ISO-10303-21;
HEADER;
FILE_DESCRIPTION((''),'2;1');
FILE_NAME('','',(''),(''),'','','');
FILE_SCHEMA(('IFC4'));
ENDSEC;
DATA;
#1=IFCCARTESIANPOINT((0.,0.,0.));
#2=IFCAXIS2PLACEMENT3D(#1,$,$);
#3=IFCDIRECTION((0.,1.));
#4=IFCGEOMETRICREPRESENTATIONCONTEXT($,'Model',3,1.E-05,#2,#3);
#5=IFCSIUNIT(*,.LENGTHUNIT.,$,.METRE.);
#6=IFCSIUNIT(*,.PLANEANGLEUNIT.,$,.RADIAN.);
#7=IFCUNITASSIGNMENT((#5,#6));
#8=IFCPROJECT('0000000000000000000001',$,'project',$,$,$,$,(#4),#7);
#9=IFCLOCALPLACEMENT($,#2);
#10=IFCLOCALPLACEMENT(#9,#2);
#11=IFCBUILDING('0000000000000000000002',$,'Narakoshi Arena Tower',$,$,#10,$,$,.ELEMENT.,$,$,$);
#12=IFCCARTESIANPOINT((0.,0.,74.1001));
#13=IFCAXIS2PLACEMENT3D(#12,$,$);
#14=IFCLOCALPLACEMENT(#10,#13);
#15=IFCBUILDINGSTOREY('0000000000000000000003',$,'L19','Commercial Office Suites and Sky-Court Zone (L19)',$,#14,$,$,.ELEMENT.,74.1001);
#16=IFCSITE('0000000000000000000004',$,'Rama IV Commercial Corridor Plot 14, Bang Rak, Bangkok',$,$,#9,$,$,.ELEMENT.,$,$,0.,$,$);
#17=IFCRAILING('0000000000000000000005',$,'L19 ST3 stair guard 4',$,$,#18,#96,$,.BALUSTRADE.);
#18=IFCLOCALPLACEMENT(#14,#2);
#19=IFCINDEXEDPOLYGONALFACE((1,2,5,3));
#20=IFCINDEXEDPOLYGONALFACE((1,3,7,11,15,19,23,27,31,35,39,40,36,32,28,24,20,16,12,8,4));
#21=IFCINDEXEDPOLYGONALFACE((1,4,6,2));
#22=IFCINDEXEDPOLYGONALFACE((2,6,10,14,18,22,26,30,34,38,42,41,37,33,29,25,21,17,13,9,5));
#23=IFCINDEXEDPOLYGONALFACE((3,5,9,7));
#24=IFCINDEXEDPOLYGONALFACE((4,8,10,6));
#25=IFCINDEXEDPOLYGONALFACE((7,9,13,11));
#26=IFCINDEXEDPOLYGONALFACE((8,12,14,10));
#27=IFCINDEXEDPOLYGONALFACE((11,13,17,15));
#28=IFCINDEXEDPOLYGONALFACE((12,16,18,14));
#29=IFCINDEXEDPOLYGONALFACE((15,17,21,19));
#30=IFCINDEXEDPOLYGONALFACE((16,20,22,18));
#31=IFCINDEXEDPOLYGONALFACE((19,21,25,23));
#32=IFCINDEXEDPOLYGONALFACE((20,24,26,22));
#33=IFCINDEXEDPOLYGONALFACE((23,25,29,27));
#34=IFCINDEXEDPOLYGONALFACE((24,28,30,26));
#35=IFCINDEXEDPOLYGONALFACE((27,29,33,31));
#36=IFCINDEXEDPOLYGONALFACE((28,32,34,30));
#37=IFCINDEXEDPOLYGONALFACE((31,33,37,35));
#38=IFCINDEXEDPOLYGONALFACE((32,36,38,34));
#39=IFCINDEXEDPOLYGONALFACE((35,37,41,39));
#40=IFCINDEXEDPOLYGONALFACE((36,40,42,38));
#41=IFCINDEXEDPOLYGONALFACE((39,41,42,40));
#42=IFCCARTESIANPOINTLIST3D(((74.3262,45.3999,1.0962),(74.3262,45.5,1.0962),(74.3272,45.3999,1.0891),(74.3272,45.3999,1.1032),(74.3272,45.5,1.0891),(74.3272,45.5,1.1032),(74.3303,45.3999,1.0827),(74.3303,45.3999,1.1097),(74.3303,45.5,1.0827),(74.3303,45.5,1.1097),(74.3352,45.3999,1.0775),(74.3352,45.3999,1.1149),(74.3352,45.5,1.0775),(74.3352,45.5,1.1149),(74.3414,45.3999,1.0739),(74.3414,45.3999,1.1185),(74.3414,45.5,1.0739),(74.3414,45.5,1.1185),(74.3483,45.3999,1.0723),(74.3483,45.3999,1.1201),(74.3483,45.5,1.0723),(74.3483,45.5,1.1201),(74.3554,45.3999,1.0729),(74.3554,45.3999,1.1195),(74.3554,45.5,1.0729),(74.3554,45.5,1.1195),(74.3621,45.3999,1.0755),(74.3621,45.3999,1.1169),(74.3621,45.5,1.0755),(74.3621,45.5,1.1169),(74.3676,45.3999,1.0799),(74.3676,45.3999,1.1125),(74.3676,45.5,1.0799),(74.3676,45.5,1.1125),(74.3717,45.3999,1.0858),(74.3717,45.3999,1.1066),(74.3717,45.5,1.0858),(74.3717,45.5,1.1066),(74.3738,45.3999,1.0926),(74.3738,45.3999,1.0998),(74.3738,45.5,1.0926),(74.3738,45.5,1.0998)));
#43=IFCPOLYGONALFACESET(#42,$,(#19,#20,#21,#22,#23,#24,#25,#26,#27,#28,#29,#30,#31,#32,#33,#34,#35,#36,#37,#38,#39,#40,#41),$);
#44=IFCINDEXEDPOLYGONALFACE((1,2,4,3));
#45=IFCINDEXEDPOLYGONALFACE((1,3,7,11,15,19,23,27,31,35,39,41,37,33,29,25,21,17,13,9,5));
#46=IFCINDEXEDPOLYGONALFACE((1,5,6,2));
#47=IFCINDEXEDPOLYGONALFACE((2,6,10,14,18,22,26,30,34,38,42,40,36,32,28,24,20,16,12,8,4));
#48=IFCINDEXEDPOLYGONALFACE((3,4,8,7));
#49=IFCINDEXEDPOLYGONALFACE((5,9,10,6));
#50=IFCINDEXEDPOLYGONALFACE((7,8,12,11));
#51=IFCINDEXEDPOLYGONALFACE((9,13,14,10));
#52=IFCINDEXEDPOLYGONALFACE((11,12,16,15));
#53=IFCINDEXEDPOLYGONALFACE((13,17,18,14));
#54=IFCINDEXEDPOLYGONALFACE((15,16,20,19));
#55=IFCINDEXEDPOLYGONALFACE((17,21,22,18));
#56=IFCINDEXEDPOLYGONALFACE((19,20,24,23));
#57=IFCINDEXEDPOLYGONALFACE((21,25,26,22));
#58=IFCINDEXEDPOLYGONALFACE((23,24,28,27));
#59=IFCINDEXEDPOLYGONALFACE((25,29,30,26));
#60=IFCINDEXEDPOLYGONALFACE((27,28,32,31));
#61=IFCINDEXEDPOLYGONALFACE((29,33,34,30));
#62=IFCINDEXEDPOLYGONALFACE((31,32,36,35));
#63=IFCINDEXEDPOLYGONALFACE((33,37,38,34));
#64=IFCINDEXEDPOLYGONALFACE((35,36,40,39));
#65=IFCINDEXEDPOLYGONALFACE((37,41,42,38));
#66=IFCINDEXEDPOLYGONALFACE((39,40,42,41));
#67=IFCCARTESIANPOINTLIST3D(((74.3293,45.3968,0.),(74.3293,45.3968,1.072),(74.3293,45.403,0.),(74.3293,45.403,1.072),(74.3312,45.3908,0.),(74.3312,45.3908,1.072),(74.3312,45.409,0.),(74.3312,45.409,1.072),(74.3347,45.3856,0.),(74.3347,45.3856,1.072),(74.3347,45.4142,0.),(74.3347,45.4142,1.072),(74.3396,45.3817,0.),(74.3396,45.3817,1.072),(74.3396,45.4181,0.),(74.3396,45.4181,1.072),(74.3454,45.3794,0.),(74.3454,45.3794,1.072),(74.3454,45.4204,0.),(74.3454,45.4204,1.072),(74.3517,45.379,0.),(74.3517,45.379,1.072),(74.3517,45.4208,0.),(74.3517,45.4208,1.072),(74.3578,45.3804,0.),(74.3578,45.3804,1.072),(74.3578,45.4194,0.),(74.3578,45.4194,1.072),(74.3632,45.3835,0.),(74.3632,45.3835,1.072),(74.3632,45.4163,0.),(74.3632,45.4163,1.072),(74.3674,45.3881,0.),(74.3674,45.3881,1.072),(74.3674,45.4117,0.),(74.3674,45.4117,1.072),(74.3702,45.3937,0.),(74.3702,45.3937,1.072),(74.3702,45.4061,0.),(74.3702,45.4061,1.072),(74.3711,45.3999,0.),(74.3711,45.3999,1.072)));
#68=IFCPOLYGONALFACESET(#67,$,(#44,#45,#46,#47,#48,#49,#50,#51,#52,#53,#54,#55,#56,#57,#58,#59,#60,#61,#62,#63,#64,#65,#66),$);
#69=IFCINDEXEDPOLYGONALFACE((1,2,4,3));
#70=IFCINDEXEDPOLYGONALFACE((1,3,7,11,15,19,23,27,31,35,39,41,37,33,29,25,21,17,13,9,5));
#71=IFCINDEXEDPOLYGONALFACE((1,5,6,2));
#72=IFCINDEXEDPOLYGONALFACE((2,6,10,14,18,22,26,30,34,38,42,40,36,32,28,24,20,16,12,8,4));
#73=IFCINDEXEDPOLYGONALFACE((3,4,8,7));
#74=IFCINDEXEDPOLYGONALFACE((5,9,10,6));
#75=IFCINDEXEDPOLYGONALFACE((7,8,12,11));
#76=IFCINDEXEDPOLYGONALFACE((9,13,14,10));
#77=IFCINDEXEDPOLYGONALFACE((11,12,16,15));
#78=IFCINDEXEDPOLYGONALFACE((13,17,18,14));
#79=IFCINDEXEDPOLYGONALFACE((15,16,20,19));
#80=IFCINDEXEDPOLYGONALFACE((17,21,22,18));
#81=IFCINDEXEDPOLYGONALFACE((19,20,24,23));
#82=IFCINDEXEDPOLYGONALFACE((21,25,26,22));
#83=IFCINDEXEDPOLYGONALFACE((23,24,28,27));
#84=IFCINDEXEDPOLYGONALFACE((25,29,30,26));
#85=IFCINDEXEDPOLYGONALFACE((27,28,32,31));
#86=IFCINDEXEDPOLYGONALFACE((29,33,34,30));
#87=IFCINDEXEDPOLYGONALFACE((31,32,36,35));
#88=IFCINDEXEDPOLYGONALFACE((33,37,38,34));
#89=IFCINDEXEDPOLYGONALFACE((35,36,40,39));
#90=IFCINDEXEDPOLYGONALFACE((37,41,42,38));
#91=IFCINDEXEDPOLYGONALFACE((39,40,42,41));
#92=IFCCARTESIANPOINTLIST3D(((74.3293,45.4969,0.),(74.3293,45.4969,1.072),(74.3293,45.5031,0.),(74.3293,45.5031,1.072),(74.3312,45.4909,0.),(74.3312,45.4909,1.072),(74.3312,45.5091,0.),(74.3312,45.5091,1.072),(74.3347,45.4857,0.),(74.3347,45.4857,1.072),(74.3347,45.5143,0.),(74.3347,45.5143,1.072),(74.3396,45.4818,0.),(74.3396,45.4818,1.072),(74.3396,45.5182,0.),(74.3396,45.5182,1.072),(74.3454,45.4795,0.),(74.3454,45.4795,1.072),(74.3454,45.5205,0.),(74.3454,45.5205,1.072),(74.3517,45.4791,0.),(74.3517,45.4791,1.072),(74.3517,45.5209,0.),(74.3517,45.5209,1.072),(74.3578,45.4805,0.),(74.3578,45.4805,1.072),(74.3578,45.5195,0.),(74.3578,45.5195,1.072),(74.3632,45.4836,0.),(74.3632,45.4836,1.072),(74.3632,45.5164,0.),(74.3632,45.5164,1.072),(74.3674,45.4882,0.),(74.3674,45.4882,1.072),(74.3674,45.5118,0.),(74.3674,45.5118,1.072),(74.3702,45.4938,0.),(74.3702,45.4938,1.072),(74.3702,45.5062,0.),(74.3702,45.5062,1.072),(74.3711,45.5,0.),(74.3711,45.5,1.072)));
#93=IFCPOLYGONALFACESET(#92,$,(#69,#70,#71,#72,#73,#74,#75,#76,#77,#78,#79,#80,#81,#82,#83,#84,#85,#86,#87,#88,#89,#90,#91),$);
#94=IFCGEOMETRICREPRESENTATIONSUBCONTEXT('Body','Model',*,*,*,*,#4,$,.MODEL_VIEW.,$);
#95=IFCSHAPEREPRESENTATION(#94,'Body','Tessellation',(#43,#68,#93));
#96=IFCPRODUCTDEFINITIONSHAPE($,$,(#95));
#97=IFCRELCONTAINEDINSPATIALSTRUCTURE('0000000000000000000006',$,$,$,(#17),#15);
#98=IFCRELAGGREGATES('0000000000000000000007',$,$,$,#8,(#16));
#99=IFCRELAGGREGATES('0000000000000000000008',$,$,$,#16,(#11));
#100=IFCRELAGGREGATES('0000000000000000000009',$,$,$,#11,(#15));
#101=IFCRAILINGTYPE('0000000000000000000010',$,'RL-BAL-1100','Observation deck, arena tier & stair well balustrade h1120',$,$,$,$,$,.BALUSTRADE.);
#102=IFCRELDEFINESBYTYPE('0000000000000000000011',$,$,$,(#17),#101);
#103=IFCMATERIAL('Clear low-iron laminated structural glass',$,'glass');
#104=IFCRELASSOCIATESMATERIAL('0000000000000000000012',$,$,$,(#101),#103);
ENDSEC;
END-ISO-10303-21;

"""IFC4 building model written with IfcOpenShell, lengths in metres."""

from ifc_helpers import new_model, si_unit, direction, frame, origin, origin_2d, place, context, subcontext, project, spatial, circle, extrude, material, type_object, element, save


model = new_model("IFC4")

# Units and contexts
model_context = context("Model", 3, precision=1e-05, world=origin(), true_north=direction((0.0, 1.0)))
body_context = subcontext(model_context, "Body", "Model", "MODEL_VIEW")
ifc_project = project(units=[si_unit("LENGTHUNIT", "METRE"), si_unit("PLANEANGLEUNIT", "RADIAN")], contexts=[model_context])

# Site, building, storey
site_placement = place(None, origin())
site = spatial("IfcSite", under=ifc_project, at=site_placement, Name="Rama IV Commercial Corridor Plot 14, Bang Rak, Bangkok", CompositionType="ELEMENT", RefElevation=0.0)
building_placement = place(site_placement, origin())
building = spatial("IfcBuilding", under=site, at=building_placement, Name="Narakoshi Arena Tower", CompositionType="ELEMENT")
storey_placement = place(building_placement, frame((0.0, 0.0, 74.1001)))
storey = spatial("IfcBuildingStorey", under=building, at=storey_placement, Name="L19", Description="Commercial Office Suites and Sky-Court Zone (L19)", CompositionType="ELEMENT", Elevation=74.1001)

# Railing
ifc_material_1 = material(Name="Clear low-iron laminated structural glass", Category="glass")
railing_type_1 = type_object("IfcRailingType", Name="RL-BAL-1100", Description="Observation deck, arena tier & stair well balustrade h1120", PredefinedType="BALUSTRADE", material=ifc_material_1)
railing_1_placement = place(storey_placement, frame((74.3501, 45.3999, 0.0)))
element("IfcRailing", 1, at=railing_1_placement, inside=storey, type_object=railing_type_1, Name="L19 ST3 stair guard 4", PredefinedType="BALUSTRADE", context=body_context, shape_type="SweptSolid", body=[
    extrude(circle(Radius=0.0239, at=origin_2d()), frame((0.0, 0.0, 1.0962), z_axis=(0.0, 1.0, 0.0), x_axis=(-1.0, 0.0, 0.0)), (0.0, 0.0, 1.0), 0.1001),
    extrude(circle(Radius=0.021, at=origin_2d()), origin(), (0.0, 0.0, 1.0), 1.072),
    extrude(circle(Radius=0.021, at=origin_2d()), frame((0.0, 0.1001, 0.0)), (0.0, 0.0, 1.0), 1.072),
])

save(model, "model.ifc")
